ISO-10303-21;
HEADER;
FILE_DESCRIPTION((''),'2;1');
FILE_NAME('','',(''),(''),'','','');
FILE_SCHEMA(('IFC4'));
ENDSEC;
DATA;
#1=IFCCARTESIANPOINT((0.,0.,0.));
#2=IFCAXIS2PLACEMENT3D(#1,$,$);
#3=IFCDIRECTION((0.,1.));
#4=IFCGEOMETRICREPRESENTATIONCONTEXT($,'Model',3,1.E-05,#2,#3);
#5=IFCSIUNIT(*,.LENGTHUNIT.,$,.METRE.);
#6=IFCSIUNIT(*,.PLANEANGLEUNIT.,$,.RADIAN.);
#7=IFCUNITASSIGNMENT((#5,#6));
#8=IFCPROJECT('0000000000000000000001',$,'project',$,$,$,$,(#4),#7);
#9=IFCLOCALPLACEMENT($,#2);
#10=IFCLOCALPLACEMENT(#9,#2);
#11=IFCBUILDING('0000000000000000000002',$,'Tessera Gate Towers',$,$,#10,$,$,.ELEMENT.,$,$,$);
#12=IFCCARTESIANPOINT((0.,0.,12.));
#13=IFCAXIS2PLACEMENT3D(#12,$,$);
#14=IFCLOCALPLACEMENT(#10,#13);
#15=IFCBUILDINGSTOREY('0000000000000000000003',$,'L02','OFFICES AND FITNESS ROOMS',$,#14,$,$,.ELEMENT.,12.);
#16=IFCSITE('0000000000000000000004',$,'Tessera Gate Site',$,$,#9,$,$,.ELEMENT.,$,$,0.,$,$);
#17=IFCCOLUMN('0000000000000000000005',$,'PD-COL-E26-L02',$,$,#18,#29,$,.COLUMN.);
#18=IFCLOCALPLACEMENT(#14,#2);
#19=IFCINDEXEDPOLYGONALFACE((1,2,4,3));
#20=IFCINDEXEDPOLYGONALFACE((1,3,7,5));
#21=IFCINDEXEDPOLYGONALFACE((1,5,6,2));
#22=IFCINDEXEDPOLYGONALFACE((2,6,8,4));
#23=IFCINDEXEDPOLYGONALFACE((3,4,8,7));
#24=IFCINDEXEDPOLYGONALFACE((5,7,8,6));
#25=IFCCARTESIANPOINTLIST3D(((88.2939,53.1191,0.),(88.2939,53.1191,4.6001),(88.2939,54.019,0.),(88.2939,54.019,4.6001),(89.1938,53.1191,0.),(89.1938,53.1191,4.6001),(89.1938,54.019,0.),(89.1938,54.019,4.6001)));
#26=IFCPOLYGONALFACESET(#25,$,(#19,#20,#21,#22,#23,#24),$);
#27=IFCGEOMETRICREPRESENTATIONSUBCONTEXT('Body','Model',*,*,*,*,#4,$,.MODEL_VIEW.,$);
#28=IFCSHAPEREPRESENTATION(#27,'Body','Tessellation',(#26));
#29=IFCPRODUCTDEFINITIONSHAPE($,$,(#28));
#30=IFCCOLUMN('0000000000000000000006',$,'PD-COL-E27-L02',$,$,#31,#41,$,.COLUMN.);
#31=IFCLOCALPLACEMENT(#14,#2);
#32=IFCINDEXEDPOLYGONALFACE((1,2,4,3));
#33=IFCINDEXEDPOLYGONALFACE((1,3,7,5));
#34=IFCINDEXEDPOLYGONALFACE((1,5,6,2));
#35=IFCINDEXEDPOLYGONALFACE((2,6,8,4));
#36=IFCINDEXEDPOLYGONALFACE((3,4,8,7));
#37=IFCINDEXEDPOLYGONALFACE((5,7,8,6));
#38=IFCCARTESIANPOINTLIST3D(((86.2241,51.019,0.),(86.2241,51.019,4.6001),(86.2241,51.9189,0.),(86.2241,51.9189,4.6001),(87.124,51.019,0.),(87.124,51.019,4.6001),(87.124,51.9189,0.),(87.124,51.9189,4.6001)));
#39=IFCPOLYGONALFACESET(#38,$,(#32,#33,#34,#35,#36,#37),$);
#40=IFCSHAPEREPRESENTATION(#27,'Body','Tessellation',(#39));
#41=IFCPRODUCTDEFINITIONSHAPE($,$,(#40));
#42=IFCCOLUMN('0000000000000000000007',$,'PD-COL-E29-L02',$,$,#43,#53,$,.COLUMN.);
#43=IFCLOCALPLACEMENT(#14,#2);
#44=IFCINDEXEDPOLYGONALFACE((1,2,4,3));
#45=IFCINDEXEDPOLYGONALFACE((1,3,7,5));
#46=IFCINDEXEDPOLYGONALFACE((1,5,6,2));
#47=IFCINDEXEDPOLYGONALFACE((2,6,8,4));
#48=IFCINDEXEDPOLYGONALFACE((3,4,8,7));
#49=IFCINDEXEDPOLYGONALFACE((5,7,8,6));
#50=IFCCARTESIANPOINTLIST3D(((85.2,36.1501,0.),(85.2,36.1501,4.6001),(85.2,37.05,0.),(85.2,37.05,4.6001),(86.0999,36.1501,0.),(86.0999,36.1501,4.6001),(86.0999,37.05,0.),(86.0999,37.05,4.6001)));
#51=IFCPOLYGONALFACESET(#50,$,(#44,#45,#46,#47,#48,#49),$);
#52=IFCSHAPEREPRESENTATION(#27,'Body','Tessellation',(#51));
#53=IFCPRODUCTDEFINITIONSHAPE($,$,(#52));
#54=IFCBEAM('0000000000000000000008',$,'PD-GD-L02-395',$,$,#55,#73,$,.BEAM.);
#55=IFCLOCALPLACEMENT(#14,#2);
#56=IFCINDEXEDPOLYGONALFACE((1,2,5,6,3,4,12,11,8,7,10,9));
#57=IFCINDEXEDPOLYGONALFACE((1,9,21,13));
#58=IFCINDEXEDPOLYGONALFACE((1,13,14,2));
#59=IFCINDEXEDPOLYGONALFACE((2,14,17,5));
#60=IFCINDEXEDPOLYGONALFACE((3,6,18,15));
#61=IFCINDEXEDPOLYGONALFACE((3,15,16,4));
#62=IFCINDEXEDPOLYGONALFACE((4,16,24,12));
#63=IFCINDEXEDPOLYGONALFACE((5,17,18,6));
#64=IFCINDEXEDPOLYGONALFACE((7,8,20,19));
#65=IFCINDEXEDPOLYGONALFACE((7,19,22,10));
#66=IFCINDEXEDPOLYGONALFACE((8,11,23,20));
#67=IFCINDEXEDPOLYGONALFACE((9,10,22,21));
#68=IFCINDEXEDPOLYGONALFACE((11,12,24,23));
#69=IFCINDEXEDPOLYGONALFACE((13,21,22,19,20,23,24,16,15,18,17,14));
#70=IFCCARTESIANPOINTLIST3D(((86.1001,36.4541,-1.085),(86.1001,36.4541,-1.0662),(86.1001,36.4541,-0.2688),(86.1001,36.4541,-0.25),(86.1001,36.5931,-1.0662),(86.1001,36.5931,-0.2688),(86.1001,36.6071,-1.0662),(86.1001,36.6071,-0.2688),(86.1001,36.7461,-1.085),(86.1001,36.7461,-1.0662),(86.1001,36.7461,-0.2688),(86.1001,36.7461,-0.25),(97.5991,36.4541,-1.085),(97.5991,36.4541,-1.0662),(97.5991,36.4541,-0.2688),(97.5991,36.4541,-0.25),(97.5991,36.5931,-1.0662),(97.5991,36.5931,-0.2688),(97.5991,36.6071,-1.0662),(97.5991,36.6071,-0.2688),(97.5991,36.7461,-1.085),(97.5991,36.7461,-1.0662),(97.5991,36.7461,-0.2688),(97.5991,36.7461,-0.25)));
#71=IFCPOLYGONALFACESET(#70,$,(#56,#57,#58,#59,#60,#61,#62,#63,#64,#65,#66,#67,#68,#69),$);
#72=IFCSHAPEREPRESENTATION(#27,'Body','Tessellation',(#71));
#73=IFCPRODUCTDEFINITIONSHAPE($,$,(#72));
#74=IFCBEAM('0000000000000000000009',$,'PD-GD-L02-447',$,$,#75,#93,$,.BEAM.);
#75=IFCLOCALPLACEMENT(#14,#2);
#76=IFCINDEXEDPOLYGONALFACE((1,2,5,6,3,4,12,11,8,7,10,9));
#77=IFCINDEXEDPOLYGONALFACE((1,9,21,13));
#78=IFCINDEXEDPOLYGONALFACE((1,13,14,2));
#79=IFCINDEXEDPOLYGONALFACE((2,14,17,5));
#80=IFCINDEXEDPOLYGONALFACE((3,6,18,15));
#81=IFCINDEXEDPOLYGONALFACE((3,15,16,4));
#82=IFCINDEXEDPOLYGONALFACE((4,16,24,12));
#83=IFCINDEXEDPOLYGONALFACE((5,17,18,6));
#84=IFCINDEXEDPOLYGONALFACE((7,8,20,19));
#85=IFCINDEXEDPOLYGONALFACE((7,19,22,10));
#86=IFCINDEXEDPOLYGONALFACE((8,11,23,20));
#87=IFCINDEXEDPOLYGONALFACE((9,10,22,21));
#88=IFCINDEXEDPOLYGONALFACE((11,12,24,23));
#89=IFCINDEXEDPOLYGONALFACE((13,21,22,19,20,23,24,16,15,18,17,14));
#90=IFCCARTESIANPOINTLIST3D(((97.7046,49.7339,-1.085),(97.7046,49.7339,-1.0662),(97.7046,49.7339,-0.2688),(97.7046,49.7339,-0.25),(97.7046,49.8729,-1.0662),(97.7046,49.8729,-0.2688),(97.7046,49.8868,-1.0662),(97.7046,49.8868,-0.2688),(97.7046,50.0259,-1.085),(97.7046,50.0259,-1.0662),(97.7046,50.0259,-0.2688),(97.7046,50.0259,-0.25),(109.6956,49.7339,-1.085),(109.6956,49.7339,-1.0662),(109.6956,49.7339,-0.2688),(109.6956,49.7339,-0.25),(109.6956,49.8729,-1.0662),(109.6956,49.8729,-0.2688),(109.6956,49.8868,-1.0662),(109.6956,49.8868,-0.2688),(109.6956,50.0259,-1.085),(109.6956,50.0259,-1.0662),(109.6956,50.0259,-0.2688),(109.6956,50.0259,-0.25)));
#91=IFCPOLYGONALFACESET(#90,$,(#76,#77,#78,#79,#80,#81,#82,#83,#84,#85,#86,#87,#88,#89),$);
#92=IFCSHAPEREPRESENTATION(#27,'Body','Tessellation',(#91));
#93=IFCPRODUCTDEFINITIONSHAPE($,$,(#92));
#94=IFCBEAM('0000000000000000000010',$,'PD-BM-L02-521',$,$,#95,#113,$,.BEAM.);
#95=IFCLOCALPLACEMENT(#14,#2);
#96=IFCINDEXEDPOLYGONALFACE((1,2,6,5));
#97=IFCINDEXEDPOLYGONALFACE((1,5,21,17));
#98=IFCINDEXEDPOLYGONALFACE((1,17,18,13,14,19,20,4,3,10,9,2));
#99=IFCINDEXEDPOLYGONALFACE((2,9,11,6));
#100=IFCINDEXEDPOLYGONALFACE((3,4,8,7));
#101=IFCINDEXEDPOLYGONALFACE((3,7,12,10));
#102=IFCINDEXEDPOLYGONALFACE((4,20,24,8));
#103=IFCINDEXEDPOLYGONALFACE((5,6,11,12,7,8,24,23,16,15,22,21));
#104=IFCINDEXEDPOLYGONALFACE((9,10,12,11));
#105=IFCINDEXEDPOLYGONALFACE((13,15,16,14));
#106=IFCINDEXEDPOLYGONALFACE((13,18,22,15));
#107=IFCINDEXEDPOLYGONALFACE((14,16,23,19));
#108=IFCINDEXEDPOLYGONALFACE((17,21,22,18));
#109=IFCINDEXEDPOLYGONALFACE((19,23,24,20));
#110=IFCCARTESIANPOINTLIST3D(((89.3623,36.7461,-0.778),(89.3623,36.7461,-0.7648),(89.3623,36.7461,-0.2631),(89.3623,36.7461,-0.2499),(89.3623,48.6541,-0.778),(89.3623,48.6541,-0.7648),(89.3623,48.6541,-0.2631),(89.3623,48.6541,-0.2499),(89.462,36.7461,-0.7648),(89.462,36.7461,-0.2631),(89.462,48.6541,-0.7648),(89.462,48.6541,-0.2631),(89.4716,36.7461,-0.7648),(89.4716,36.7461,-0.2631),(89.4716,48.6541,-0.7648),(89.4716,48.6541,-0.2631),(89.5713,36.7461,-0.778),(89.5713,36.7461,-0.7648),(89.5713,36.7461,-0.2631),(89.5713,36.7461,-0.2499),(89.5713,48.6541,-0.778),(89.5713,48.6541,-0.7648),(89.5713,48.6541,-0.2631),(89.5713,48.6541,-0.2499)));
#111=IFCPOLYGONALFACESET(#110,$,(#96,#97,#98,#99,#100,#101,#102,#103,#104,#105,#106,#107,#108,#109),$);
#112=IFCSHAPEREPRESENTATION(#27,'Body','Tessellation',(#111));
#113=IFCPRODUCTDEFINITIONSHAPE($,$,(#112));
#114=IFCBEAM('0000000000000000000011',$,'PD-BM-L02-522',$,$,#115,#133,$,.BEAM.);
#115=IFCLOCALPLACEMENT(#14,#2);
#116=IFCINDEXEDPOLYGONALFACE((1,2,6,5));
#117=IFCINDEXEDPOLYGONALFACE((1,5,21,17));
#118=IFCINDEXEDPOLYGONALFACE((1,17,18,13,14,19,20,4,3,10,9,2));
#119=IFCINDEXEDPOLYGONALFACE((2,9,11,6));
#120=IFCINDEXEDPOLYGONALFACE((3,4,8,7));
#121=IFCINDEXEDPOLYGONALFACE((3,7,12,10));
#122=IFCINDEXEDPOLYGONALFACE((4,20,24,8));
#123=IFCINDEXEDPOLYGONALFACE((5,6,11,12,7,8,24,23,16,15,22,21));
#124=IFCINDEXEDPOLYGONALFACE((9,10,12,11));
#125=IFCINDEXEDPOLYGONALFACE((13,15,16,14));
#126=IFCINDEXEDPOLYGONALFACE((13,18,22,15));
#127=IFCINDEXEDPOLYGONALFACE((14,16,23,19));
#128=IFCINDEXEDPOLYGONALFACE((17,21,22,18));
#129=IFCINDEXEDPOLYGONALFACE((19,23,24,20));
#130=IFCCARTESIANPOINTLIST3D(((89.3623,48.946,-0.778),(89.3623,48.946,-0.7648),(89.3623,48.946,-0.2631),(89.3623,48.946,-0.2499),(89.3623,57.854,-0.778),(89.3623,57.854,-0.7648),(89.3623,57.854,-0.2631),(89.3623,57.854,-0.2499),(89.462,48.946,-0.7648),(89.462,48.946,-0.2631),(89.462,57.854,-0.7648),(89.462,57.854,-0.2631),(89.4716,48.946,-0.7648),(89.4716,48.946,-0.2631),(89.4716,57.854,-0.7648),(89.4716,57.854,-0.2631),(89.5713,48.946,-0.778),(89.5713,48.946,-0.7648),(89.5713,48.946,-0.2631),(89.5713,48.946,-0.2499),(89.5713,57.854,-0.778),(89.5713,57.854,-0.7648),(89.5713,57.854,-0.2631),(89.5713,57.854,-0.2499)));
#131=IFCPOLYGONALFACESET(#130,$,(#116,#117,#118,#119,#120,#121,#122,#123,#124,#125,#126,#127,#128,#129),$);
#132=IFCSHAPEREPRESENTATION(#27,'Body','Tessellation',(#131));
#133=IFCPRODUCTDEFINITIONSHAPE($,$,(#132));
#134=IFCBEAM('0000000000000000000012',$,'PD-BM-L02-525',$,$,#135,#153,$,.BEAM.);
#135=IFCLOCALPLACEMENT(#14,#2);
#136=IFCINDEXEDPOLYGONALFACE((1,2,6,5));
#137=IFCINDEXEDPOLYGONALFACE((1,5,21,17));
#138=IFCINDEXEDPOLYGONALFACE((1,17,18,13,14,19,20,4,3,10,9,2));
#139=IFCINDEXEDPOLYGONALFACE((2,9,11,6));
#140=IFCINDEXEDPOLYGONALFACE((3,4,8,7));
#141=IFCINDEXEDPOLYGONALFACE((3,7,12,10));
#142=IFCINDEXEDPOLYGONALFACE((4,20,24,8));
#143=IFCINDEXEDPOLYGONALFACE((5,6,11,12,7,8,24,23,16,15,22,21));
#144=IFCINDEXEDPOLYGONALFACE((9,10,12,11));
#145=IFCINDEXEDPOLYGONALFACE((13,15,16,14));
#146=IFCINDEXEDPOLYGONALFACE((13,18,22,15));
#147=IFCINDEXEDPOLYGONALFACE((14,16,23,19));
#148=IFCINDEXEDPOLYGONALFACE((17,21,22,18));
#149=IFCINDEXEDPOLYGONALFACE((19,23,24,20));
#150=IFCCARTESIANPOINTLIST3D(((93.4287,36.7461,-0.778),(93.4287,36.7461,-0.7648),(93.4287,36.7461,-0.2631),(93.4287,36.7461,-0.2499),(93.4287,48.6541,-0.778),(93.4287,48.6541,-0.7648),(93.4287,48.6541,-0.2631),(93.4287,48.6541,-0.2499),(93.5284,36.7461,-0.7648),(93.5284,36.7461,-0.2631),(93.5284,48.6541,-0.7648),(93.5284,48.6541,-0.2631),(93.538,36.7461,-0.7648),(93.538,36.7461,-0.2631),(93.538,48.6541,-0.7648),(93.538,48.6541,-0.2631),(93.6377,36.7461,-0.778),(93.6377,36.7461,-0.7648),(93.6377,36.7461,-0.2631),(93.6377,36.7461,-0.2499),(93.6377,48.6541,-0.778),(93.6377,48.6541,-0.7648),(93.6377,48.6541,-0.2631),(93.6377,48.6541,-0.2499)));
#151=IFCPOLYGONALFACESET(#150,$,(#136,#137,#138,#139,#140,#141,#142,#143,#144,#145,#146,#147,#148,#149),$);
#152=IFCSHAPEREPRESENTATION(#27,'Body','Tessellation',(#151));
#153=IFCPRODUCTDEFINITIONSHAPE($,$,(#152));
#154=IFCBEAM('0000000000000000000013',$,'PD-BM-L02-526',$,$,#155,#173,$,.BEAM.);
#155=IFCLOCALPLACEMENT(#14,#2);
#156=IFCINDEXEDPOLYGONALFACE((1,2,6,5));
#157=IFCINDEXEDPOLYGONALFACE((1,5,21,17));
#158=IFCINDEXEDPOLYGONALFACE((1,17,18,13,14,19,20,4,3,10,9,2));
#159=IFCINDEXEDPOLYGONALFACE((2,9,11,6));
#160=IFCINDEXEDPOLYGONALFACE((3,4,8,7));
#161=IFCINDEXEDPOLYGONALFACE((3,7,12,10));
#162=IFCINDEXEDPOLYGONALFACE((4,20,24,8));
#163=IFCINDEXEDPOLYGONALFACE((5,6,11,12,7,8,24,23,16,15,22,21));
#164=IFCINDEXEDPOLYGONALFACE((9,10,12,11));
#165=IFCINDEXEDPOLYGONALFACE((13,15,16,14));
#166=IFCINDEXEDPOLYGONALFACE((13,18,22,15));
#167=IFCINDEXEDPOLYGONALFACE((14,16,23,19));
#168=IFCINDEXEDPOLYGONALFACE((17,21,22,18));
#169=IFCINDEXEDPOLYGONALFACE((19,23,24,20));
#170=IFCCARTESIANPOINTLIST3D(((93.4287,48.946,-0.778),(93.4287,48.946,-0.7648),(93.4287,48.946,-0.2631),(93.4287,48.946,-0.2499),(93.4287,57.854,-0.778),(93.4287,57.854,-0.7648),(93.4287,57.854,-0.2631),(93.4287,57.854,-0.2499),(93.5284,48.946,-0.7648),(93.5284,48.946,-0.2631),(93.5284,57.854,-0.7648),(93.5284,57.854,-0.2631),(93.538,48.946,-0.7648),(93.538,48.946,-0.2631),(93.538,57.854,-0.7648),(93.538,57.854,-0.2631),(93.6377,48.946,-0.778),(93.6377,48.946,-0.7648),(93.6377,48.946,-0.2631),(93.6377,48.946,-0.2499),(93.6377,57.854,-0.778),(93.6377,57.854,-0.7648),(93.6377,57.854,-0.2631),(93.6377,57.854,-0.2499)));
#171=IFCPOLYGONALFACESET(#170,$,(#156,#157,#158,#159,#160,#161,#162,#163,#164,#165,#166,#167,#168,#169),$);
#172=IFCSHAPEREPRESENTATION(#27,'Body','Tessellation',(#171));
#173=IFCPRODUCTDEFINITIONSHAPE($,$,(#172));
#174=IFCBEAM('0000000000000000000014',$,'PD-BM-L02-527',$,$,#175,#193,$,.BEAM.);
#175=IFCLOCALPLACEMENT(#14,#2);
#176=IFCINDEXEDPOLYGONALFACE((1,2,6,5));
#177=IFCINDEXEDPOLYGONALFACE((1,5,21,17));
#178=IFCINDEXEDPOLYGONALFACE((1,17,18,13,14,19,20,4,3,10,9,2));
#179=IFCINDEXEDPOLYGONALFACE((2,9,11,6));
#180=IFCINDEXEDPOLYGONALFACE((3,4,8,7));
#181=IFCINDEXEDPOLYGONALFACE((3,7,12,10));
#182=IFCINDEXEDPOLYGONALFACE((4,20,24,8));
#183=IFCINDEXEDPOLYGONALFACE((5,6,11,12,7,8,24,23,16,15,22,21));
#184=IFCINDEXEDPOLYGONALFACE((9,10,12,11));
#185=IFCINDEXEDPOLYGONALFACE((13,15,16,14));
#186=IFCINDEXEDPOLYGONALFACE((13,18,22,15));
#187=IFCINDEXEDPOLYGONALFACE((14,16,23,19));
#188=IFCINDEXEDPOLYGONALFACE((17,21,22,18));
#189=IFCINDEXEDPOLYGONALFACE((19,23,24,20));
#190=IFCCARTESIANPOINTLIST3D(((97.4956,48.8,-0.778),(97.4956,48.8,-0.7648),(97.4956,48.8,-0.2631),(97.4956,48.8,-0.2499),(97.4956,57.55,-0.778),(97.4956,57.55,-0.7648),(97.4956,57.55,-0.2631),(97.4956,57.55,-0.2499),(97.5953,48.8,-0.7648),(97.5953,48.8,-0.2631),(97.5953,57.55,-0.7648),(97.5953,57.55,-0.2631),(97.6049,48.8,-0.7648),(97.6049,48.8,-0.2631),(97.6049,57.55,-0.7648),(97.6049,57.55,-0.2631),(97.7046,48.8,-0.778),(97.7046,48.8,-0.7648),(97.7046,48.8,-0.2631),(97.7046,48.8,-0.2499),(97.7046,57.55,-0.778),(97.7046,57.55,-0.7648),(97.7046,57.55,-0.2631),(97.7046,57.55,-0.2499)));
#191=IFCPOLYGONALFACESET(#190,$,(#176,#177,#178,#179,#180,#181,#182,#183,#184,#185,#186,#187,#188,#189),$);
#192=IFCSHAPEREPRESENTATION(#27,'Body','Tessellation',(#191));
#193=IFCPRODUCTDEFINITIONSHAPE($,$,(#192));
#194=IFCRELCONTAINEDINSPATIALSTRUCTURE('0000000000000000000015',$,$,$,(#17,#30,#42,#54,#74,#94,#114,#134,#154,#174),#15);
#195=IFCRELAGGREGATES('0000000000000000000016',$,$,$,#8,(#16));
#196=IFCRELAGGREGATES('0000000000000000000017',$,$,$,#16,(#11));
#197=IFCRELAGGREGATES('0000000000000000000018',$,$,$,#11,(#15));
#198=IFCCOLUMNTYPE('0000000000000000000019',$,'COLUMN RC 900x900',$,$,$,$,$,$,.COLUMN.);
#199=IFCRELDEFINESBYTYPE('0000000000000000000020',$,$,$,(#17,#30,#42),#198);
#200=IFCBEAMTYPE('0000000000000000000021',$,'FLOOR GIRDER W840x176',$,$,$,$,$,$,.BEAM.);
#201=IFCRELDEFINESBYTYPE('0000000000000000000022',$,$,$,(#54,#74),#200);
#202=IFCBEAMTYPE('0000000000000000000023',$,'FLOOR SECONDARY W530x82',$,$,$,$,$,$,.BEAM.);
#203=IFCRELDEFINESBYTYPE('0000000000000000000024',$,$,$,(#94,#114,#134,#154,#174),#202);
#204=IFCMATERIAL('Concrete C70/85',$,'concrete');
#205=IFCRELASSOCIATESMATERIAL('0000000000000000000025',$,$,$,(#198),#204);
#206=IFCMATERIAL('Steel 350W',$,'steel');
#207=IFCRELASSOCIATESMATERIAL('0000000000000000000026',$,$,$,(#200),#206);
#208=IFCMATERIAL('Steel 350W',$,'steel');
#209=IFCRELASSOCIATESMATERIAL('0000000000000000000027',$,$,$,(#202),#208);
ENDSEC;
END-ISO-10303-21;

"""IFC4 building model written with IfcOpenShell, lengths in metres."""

from ifc_helpers import new_model, si_unit, direction, frame, origin, origin_2d, place, context, subcontext, project, spatial, rectangle, i_section, extrude, material, material_profile, profile_set, type_object, element, save


model = new_model("IFC4")

# Units and contexts
model_context = context("Model", 3, precision=1e-05, world=origin(), true_north=direction((0.0, 1.0)))
body_context = subcontext(model_context, "Body", "Model", "MODEL_VIEW")
ifc_project = project(units=[si_unit("LENGTHUNIT", "METRE"), si_unit("PLANEANGLEUNIT", "RADIAN")], contexts=[model_context])

# Site, building, storey
site_placement = place(None, origin())
site = spatial("IfcSite", under=ifc_project, at=site_placement, Name="Tessera Gate Site", CompositionType="ELEMENT", RefElevation=0.0)
building_placement = place(site_placement, origin())
building = spatial("IfcBuilding", under=site, at=building_placement, Name="Tessera Gate Towers", CompositionType="ELEMENT")
storey_placement = place(building_placement, frame((0.0, 0.0, 12.0)))
storey = spatial("IfcBuildingStorey", under=building, at=storey_placement, Name="L02", Description="OFFICES AND FITNESS ROOMS", CompositionType="ELEMENT", Elevation=12.0)

# Columns
ifc_material_1 = material(Name="Concrete C70/85", Category="concrete")
ifc_material_profile_1 = material_profile(ifc_material_1, rectangle(XDim=0.8999, YDim=0.8999, at=origin_2d()), Name="RC 900x900")
ifc_profile_set_1 = profile_set([ifc_material_profile_1], Name="Concrete C70/85")
column_type = type_object("IfcColumnType", Name="COLUMN RC 900x900", PredefinedType="COLUMN", material=ifc_profile_set_1)
for number, where, z_axis, x_axis, name in (
    (1, (88.7439, 53.5691, 0.0), (0.0, 0.0, 1.0), (1.0, 0.0, 0.0), "PD-COL-E26-L02"),
    (2, (86.6741, 51.469, 0.0), (0.0, 0.0, 1.0), (1.0, 0.0, 0.0), "PD-COL-E27-L02"),
    (3, (85.6499, 36.6001, 0.0), (0.0, 0.0, 1.0), (1.0, 0.0, 0.0), "PD-COL-E29-L02"),
):
    element("IfcColumn", number, at=place(storey_placement, frame(where, z_axis=z_axis, x_axis=x_axis)), inside=storey, type_object=column_type, Name=name, PredefinedType="COLUMN", context=body_context, shape_type="SweptSolid", body=[
        extrude(rectangle(XDim=0.8999, YDim=0.8999, at=origin_2d()), origin(), (0.0, 0.0, 1.0), 4.6001),
    ])

# Beams
ifc_material_2 = material(Name="Steel 350W", Category="steel")
ifc_material_profile_2 = material_profile(ifc_material_2, i_section(OverallWidth=0.292, OverallDepth=0.835, WebThickness=0.0139, FlangeThickness=0.0188, at=origin_2d()), Name="W840x176")
ifc_profile_set_2 = profile_set([ifc_material_profile_2], Name="Steel 350W")
beam_type_1 = type_object("IfcBeamType", Name="FLOOR GIRDER W840x176", PredefinedType="BEAM", material=ifc_profile_set_2)
beam_1_placement = place(storey_placement, frame((86.1001, 36.6001, -0.6675), z_axis=(1.0, 0.0, 0.0), x_axis=(0.0, 1.0, 0.0)))
element("IfcBeam", 4, at=beam_1_placement, inside=storey, type_object=beam_type_1, Name="PD-GD-L02-395", PredefinedType="BEAM", context=body_context, shape_type="SweptSolid", body=[
    extrude(i_section(OverallWidth=0.292, OverallDepth=0.835, WebThickness=0.0139, FlangeThickness=0.0188, at=origin_2d()), origin(), (0.0, 0.0, 1.0), 11.499),
])
beam_2_placement = place(storey_placement, frame((97.7046, 49.8799, -0.6675), z_axis=(1.0, 0.0, 0.0), x_axis=(0.0, 1.0, 0.0)))
element("IfcBeam", 5, at=beam_2_placement, inside=storey, type_object=beam_type_1, Name="PD-GD-L02-447", PredefinedType="BEAM", context=body_context, shape_type="SweptSolid", body=[
    extrude(i_section(OverallWidth=0.292, OverallDepth=0.835, WebThickness=0.0139, FlangeThickness=0.0188, at=origin_2d()), origin(), (0.0, 0.0, 1.0), 11.991),
])
ifc_material_3 = material(Name="Steel 350W", Category="steel")
ifc_material_profile_3 = material_profile(ifc_material_3, i_section(OverallWidth=0.209, OverallDepth=0.5281, WebThickness=0.0095, FlangeThickness=0.0132, at=origin_2d()), Name="W530x82")
ifc_profile_set_3 = profile_set([ifc_material_profile_3], Name="Steel 350W")
beam_type_2 = type_object("IfcBeamType", Name="FLOOR SECONDARY W530x82", PredefinedType="BEAM", material=ifc_profile_set_3)
beam_3_placement = place(storey_placement, frame((89.4668, 36.7461, -0.5139), z_axis=(0.0, 1.0, 0.0), x_axis=(-1.0, 0.0, 0.0)))
element("IfcBeam", 6, at=beam_3_placement, inside=storey, type_object=beam_type_2, Name="PD-BM-L02-521", PredefinedType="BEAM", context=body_context, shape_type="SweptSolid", body=[
    extrude(i_section(OverallWidth=0.209, OverallDepth=0.5281, WebThickness=0.0095, FlangeThickness=0.0132, at=origin_2d()), origin(), (0.0, 0.0, 1.0), 11.908),
])
beam_4_placement = place(storey_placement, frame((89.4668, 48.946, -0.5139), z_axis=(0.0, 1.0, 0.0), x_axis=(-1.0, 0.0, 0.0)))
element("IfcBeam", 7, at=beam_4_placement, inside=storey, type_object=beam_type_2, Name="PD-BM-L02-522", PredefinedType="BEAM", context=body_context, shape_type="SweptSolid", body=[
    extrude(i_section(OverallWidth=0.209, OverallDepth=0.5281, WebThickness=0.0095, FlangeThickness=0.0132, at=origin_2d()), origin(), (0.0, 0.0, 1.0), 8.908),
])
beam_5_placement = place(storey_placement, frame((93.5332, 36.7461, -0.5139), z_axis=(0.0, 1.0, 0.0), x_axis=(-1.0, 0.0, 0.0)))
element("IfcBeam", 8, at=beam_5_placement, inside=storey, type_object=beam_type_2, Name="PD-BM-L02-525", PredefinedType="BEAM", context=body_context, shape_type="SweptSolid", body=[
    extrude(i_section(OverallWidth=0.209, OverallDepth=0.5281, WebThickness=0.0095, FlangeThickness=0.0132, at=origin_2d()), origin(), (0.0, 0.0, 1.0), 11.908),
])
beam_6_placement = place(storey_placement, frame((93.5332, 48.946, -0.5139), z_axis=(0.0, 1.0, 0.0), x_axis=(-1.0, 0.0, 0.0)))
element("IfcBeam", 9, at=beam_6_placement, inside=storey, type_object=beam_type_2, Name="PD-BM-L02-526", PredefinedType="BEAM", context=body_context, shape_type="SweptSolid", body=[
    extrude(i_section(OverallWidth=0.209, OverallDepth=0.5281, WebThickness=0.0095, FlangeThickness=0.0132, at=origin_2d()), origin(), (0.0, 0.0, 1.0), 8.908),
])
beam_7_placement = place(storey_placement, frame((97.6001, 48.8, -0.5139), z_axis=(0.0, 1.0, 0.0), x_axis=(-1.0, 0.0, 0.0)))
element("IfcBeam", 10, at=beam_7_placement, inside=storey, type_object=beam_type_2, Name="PD-BM-L02-527", PredefinedType="BEAM", context=body_context, shape_type="SweptSolid", body=[
    extrude(i_section(OverallWidth=0.209, OverallDepth=0.5281, WebThickness=0.0095, FlangeThickness=0.0132, at=origin_2d()), origin(), (0.0, 0.0, 1.0), 8.75),
])

save(model, "model.ifc")
